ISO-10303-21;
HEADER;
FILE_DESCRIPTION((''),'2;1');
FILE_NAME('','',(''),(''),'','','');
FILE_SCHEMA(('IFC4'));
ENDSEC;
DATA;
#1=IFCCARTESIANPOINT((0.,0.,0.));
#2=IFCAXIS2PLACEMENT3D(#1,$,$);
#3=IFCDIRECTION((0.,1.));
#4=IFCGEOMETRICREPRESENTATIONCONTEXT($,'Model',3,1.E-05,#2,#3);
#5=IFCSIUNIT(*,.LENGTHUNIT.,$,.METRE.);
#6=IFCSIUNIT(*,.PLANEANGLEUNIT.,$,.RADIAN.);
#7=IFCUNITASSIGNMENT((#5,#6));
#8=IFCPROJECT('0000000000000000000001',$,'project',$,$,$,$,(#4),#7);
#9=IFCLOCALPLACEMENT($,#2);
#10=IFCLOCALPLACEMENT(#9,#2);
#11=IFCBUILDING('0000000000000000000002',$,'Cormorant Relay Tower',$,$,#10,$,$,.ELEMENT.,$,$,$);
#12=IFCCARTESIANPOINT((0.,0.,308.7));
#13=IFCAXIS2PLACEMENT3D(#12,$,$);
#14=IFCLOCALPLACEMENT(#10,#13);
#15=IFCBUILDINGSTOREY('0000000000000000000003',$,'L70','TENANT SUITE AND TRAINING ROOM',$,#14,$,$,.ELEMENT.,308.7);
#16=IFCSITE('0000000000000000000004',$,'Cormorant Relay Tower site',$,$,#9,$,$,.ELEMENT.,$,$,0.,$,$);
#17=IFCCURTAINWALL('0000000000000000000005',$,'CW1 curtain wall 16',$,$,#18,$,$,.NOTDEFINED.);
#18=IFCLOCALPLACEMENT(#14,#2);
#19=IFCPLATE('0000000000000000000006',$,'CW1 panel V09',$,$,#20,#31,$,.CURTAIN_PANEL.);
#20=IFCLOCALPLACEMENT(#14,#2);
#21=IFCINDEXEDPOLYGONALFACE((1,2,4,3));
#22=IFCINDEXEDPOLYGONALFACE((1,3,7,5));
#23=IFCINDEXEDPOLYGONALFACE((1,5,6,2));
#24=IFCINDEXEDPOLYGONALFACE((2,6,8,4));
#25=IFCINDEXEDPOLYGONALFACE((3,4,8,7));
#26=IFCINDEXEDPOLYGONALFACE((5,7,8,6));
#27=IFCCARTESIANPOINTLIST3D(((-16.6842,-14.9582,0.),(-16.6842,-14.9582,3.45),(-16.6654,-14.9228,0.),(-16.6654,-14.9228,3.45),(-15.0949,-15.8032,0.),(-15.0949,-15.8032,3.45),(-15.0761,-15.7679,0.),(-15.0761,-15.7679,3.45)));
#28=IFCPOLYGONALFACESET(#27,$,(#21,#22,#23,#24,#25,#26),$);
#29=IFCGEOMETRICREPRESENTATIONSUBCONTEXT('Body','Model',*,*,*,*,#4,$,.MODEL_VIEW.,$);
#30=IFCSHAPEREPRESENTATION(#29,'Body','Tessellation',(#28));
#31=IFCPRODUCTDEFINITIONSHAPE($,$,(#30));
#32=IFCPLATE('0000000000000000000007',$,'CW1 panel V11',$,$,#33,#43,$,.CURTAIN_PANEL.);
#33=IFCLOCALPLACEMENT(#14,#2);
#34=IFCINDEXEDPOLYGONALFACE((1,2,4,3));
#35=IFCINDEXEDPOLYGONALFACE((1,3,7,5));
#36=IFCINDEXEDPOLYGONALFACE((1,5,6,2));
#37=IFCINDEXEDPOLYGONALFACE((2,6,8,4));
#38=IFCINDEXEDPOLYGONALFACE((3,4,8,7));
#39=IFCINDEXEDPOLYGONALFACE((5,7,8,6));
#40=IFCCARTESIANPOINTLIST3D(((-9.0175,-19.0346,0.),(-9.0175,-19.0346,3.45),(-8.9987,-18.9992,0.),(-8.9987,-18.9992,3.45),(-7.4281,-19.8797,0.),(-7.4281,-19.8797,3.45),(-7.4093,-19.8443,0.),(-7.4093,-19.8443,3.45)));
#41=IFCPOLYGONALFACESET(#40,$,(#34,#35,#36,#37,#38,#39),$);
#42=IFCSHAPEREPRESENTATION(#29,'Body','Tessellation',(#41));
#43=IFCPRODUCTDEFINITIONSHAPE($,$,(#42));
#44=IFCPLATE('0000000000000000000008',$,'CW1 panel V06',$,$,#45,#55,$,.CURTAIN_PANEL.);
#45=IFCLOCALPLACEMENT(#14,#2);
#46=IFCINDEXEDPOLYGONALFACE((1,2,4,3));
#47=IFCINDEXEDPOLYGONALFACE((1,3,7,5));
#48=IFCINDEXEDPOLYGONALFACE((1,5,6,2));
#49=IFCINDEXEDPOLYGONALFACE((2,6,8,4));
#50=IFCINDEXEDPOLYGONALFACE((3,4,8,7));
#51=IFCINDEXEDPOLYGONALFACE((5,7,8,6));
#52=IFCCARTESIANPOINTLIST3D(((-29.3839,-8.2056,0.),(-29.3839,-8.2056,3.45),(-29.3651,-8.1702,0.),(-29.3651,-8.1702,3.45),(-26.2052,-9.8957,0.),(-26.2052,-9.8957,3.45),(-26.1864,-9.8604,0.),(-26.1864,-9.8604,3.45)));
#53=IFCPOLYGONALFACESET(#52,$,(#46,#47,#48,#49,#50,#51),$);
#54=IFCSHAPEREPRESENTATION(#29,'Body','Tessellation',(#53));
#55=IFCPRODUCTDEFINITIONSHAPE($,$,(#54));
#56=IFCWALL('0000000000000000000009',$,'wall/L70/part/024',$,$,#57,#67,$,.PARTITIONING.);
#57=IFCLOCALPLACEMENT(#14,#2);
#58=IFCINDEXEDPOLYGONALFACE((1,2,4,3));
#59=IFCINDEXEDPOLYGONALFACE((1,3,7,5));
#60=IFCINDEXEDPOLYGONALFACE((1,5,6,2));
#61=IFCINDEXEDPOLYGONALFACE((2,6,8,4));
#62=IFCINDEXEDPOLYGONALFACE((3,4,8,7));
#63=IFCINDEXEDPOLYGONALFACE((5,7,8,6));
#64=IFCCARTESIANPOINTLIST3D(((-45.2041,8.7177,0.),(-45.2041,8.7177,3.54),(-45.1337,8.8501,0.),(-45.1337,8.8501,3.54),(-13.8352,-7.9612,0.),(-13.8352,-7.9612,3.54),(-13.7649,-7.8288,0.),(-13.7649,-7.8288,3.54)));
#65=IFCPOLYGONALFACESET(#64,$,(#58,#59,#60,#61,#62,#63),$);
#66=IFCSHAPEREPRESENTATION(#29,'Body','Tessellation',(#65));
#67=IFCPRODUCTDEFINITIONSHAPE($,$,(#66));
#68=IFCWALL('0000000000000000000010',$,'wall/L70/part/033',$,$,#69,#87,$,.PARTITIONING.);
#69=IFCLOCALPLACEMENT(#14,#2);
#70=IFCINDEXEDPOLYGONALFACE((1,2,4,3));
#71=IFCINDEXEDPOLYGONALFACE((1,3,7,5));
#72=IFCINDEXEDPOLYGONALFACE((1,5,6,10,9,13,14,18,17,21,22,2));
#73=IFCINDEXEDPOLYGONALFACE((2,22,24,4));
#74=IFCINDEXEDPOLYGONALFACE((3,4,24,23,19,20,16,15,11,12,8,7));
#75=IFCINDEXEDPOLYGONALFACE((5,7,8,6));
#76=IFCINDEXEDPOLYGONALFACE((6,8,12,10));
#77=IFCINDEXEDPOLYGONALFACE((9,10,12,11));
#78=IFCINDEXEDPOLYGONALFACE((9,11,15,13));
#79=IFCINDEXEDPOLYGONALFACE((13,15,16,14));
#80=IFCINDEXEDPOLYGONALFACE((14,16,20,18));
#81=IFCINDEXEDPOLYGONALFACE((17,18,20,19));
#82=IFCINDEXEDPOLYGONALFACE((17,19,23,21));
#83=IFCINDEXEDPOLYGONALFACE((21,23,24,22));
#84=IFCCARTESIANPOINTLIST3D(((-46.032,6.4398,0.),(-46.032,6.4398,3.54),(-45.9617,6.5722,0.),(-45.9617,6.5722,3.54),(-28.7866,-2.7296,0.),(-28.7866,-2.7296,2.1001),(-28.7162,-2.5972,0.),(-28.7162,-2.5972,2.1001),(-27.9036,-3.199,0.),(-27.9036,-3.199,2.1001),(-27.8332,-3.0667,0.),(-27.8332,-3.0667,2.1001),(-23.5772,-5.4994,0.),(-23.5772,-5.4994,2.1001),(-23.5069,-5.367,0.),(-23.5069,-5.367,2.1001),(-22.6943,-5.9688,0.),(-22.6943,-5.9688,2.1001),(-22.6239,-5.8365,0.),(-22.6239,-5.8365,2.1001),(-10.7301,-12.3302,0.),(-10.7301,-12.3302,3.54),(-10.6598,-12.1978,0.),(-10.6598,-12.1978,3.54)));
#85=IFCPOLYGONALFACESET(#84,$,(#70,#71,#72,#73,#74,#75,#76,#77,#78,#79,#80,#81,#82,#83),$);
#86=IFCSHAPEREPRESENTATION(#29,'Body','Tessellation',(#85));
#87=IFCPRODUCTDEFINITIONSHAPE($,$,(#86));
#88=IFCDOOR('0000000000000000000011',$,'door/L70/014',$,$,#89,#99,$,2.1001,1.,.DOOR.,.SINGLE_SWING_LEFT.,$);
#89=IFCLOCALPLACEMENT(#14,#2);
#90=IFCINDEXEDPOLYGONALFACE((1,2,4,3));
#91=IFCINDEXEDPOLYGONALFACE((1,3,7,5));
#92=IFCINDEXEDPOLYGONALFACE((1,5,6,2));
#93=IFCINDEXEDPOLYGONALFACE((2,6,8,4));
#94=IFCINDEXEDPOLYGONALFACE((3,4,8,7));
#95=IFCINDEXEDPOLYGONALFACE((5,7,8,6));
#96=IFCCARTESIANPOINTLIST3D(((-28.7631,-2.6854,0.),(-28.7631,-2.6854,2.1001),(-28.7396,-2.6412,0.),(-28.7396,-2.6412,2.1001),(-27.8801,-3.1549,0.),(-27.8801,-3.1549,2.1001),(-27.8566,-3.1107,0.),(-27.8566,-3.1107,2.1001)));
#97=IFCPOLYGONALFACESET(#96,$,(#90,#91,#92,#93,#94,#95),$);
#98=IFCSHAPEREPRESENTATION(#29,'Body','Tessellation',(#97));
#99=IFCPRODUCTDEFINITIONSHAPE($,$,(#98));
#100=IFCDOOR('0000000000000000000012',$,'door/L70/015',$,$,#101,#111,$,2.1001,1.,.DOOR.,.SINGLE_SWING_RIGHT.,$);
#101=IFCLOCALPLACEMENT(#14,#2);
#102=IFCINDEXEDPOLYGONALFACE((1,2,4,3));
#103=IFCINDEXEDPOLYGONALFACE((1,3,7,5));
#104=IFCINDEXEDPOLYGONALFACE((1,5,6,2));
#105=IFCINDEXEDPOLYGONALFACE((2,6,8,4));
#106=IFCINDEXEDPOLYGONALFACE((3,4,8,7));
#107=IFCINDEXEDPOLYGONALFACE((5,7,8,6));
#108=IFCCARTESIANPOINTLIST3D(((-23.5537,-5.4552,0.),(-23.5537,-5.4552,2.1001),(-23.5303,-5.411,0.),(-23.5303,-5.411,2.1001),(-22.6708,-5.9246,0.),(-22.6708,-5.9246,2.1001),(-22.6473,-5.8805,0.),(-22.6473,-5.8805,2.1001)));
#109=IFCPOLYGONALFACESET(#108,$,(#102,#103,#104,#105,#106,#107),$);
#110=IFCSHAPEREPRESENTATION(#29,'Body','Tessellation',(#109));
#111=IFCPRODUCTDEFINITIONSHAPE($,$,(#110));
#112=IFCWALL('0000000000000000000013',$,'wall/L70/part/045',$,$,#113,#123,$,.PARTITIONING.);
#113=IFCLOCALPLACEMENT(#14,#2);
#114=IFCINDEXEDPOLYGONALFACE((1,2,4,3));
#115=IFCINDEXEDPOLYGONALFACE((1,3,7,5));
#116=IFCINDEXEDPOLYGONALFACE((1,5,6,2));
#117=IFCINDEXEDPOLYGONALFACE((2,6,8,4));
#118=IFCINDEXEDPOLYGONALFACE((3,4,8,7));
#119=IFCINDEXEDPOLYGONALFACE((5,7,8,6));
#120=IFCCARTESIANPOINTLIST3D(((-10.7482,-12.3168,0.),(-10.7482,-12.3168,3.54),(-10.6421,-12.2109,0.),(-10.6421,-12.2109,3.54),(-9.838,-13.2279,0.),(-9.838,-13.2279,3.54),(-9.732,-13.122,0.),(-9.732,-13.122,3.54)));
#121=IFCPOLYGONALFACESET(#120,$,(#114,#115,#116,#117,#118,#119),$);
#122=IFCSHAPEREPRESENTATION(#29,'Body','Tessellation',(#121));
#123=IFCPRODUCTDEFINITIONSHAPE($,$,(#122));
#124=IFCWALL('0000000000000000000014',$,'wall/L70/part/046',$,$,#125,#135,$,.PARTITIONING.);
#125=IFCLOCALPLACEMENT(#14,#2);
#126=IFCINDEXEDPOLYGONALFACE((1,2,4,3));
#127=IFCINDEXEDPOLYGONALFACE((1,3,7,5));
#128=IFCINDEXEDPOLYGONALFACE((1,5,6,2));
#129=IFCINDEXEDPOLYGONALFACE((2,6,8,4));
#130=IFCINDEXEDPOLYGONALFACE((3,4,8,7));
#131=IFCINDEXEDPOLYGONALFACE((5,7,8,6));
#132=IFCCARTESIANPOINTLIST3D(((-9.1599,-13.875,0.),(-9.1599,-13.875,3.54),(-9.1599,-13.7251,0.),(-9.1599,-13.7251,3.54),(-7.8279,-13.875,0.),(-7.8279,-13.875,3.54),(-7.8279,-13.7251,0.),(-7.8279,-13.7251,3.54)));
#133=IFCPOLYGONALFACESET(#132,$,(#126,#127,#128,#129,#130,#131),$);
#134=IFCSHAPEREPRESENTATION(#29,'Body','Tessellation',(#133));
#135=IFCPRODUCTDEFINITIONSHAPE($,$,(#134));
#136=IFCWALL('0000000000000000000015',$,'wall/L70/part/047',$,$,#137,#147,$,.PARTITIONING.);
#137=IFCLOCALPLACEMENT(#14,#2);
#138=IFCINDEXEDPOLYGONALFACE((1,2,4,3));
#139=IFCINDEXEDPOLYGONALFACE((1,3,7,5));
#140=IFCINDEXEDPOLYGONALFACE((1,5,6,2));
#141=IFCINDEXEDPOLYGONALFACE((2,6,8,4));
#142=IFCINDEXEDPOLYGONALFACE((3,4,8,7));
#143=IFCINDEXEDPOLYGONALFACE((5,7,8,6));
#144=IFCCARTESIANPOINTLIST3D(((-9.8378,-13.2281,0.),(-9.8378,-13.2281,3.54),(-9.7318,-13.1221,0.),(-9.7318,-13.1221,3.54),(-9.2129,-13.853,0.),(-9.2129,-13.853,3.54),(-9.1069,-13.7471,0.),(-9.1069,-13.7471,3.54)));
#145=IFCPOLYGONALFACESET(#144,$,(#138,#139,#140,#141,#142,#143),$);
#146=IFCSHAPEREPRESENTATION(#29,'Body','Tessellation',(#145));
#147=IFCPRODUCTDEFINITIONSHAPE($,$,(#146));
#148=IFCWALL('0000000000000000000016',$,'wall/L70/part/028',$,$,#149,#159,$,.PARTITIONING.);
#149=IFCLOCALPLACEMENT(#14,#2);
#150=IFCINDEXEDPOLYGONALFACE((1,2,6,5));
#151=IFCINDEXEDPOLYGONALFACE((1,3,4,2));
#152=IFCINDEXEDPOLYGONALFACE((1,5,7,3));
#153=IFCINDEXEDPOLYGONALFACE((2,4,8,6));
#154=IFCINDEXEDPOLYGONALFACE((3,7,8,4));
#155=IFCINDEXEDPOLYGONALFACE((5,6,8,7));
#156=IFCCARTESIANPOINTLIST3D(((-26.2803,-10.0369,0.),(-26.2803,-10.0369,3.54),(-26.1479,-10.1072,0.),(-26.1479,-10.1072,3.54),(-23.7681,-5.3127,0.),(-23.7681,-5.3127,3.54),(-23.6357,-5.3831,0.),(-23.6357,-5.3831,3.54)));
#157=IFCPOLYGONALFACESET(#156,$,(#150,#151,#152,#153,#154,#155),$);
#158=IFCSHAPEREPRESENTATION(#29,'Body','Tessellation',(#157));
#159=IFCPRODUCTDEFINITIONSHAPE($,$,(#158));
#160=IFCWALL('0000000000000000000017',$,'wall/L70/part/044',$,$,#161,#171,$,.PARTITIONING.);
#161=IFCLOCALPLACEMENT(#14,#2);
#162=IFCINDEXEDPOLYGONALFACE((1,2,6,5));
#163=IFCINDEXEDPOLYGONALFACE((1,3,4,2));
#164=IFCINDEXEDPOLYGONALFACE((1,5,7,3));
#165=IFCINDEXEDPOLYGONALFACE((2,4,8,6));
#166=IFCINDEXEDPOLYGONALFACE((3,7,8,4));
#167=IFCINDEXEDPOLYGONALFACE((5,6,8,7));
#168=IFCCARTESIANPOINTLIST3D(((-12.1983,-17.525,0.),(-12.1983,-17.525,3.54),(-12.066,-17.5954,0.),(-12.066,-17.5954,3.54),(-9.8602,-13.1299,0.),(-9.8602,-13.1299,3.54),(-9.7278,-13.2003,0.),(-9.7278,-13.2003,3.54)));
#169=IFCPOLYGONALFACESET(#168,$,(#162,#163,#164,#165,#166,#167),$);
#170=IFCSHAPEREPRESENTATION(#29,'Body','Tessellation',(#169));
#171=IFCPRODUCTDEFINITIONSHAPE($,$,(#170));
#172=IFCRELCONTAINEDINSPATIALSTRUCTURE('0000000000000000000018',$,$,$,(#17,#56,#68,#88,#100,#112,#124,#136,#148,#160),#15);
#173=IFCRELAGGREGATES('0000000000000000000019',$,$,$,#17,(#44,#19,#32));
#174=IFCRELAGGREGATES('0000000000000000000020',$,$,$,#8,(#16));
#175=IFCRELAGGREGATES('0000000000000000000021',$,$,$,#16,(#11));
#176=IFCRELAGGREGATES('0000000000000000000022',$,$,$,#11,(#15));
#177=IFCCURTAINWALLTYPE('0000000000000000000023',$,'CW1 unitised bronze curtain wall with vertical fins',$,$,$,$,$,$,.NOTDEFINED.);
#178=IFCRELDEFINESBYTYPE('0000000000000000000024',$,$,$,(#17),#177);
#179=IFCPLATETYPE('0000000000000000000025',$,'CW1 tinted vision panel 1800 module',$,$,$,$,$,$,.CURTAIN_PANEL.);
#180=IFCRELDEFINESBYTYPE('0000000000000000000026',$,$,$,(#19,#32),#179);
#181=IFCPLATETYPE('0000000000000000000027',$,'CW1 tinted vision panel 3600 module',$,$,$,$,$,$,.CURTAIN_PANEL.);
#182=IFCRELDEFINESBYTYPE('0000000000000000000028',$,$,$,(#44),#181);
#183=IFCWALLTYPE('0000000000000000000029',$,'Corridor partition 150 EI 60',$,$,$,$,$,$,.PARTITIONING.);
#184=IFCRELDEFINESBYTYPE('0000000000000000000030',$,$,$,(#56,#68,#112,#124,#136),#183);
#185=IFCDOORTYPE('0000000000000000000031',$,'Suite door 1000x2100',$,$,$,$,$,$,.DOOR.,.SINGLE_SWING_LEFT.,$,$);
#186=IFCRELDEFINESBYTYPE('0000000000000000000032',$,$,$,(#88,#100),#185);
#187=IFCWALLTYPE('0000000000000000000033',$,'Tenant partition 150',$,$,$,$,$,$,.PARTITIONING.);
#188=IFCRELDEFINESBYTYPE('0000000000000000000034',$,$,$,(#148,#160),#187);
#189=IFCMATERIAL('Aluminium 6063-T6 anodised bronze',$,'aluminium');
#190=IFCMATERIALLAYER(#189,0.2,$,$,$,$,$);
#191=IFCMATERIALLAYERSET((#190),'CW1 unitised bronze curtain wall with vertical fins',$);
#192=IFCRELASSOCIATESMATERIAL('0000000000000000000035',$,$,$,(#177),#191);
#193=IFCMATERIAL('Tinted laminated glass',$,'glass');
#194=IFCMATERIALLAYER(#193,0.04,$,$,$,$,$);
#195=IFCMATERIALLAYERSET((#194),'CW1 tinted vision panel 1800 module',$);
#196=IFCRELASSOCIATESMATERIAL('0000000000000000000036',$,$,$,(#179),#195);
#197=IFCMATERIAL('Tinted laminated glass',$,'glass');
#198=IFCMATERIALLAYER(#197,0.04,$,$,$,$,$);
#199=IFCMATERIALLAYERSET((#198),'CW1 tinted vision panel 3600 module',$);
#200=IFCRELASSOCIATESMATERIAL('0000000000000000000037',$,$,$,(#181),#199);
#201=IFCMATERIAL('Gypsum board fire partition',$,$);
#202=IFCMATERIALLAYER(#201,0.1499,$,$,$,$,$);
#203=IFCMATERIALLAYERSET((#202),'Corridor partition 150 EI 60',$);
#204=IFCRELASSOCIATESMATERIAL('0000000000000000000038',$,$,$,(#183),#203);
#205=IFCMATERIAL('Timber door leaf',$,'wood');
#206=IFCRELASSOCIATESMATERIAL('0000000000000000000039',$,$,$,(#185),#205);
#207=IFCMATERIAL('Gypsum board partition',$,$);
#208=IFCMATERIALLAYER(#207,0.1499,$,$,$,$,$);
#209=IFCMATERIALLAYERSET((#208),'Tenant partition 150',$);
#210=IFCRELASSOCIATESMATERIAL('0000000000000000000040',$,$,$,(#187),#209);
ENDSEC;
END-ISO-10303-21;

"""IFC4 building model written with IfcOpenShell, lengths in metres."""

from ifc_helpers import new_model, si_unit, direction, frame, frame_2d, origin, origin_2d, place, context, subcontext, project, spatial, rectangle, extrude, material, layer, layer_set, type_object, element, fill, aggregate, save


model = new_model("IFC4")

# Units and contexts
model_context = context("Model", 3, precision=1e-05, world=origin(), true_north=direction((0.0, 1.0)))
body_context = subcontext(model_context, "Body", "Model", "MODEL_VIEW")
ifc_project = project(units=[si_unit("LENGTHUNIT", "METRE"), si_unit("PLANEANGLEUNIT", "RADIAN")], contexts=[model_context])

# Site, building, storey
site_placement = place(None, origin())
site = spatial("IfcSite", under=ifc_project, at=site_placement, Name="Cormorant Relay Tower site", CompositionType="ELEMENT", RefElevation=0.0)
building_placement = place(site_placement, origin())
building = spatial("IfcBuilding", under=site, at=building_placement, Name="Cormorant Relay Tower", CompositionType="ELEMENT")
storey_placement = place(building_placement, frame((0.0, 0.0, 308.7)))
storey = spatial("IfcBuildingStorey", under=building, at=storey_placement, Name="L70", Description="TENANT SUITE AND TRAINING ROOM", CompositionType="ELEMENT", Elevation=308.7)

# Curtain wall
ifc_material_1 = material(Name="Aluminium 6063-T6 anodised bronze", Category="aluminium")
ifc_layer_1 = layer(ifc_material_1, 0.2)
ifc_layer_set_1 = layer_set([ifc_layer_1], Name="CW1 unitised bronze curtain wall with vertical fins")
curtain_wall_type = type_object("IfcCurtainWallType", Name="CW1 unitised bronze curtain wall with vertical fins", PredefinedType="NOTDEFINED", material=ifc_layer_set_1)
curtain_wall_placement = place(storey_placement, origin())
curtain_wall = element("IfcCurtainWall", 1, at=curtain_wall_placement, inside=storey, type_object=curtain_wall_type, Name="CW1 curtain wall 16", PredefinedType="NOTDEFINED")

# Plates
ifc_material_2 = material(Name="Tinted laminated glass", Category="glass")
ifc_layer_2 = layer(ifc_material_2, 0.04)
ifc_layer_set_2 = layer_set([ifc_layer_2], Name="CW1 tinted vision panel 1800 module")
plate_type_1 = type_object("IfcPlateType", Name="CW1 tinted vision panel 1800 module", PredefinedType="CURTAIN_PANEL", material=ifc_layer_set_2)
plate_1_placement = place(storey_placement, frame((-15.8801, -15.363, 0.0), z_axis=(0.0, 0.0, 1.0), x_axis=(0.882948, -0.469472, 0.0)))
plate_1 = element("IfcPlate", 2, at=plate_1_placement, type_object=plate_type_1, Name="CW1 panel V09", PredefinedType="CURTAIN_PANEL", context=body_context, shape_type="SweptSolid", body=[
    extrude(rectangle(XDim=1.8, YDim=0.04, at=origin_2d()), origin(), (0.0, 0.0, 1.0), 3.45),
])
plate_2_placement = place(storey_placement, frame((-8.2134, -19.4395, 0.0), z_axis=(0.0, 0.0, 1.0), x_axis=(0.882948, -0.469472, 0.0)))
plate_2 = element("IfcPlate", 3, at=plate_2_placement, type_object=plate_type_1, Name="CW1 panel V11", PredefinedType="CURTAIN_PANEL", context=body_context, shape_type="SweptSolid", body=[
    extrude(rectangle(XDim=1.8, YDim=0.04, at=origin_2d()), origin(), (0.0, 0.0, 1.0), 3.45),
])
ifc_material_3 = material(Name="Tinted laminated glass", Category="glass")
ifc_layer_3 = layer(ifc_material_3, 0.04)
ifc_layer_set_3 = layer_set([ifc_layer_3], Name="CW1 tinted vision panel 3600 module")
plate_type_2 = type_object("IfcPlateType", Name="CW1 tinted vision panel 3600 module", PredefinedType="CURTAIN_PANEL", material=ifc_layer_set_3)
plate_3_placement = place(storey_placement, frame((-27.7852, -9.033, 0.0), z_axis=(0.0, 0.0, 1.0), x_axis=(0.882948, -0.469472, 0.0)))
plate_3 = element("IfcPlate", 4, at=plate_3_placement, type_object=plate_type_2, Name="CW1 panel V06", PredefinedType="CURTAIN_PANEL", context=body_context, shape_type="SweptSolid", body=[
    extrude(rectangle(XDim=3.6001, YDim=0.04, at=origin_2d()), origin(), (0.0, 0.0, 1.0), 3.45),
])

# Wall
ifc_material_4 = material(Name="Gypsum board fire partition")
ifc_layer_4 = layer(ifc_material_4, 0.1499)
ifc_layer_set_4 = layer_set([ifc_layer_4], Name="Corridor partition 150 EI 60")
wall_type_1 = type_object("IfcWallType", Name="Corridor partition 150 EI 60", PredefinedType="PARTITIONING", material=ifc_layer_set_4)
wall_1_placement = place(storey_placement, frame((-13.8, -7.895, 0.0), z_axis=(0.0, 0.0, 1.0), x_axis=(-0.88295, 0.469468, 0.0)))
element("IfcWall", 5, at=wall_1_placement, inside=storey, type_object=wall_type_1, Name="wall/L70/part/024", PredefinedType="PARTITIONING", context=body_context, shape_type="SweptSolid", body=[
    extrude(rectangle(XDim=35.5273, YDim=0.1499, at=frame_2d((17.7637, 0.0))), origin(), (0.0, 0.0, 1.0), 3.54),
])

# Wall, openings, doors
wall_2_placement = place(storey_placement, frame((-10.6951, -12.2639, 0.0), z_axis=(0.0, 0.0, 1.0), x_axis=(-0.882952, 0.469464, 0.0)))
wall_2 = element("IfcWall", 6, at=wall_2_placement, inside=storey, type_object=wall_type_1, Name="wall/L70/part/033", PredefinedType="PARTITIONING", context=body_context, shape_type="SweptSolid", body=[
    extrude(rectangle(XDim=39.9817, YDim=0.1499, at=frame_2d((19.9907, 0.0))), origin(), (0.0, 0.0, 1.0), 3.54),
])
opening_1_placement = place(wall_2_placement, frame((19.45, 0.0, 0.0)))
opening_1 = element("IfcOpeningElement", 7, at=opening_1_placement, cuts=wall_2, PredefinedType="OPENING", context=body_context, shape_type="SweptSolid", body=[
    extrude(rectangle(XDim=1.0, YDim=2.1001, at=frame_2d((0.5, 1.05))), frame((0.0, 0.085, 0.0), z_axis=(0.0, -1.0, 0.0), x_axis=(1.0, 0.0, 0.0)), (0.0, 0.0, 1.0), 0.1699),
])
opening_2_placement = place(wall_2_placement, frame((13.55, 0.0, 0.0)))
opening_2 = element("IfcOpeningElement", 8, at=opening_2_placement, cuts=wall_2, PredefinedType="OPENING", context=body_context, shape_type="SweptSolid", body=[
    extrude(rectangle(XDim=1.0, YDim=2.1001, at=frame_2d((0.5, 1.05))), frame((0.0, 0.085, 0.0), z_axis=(0.0, -1.0, 0.0), x_axis=(1.0, 0.0, 0.0)), (0.0, 0.0, 1.0), 0.1699),
])
ifc_material_5 = material(Name="Timber door leaf", Category="wood")
door_type = type_object("IfcDoorType", Name="Suite door 1000x2100", OperationType="SINGLE_SWING_LEFT", PredefinedType="DOOR", material=ifc_material_5)
door_1_placement = place(opening_1_placement, origin())
door_1 = element("IfcDoor", 9, at=door_1_placement, inside=storey, type_object=door_type, Name="door/L70/014", OperationType="SINGLE_SWING_LEFT", OverallHeight=2.1001, OverallWidth=1.0, PredefinedType="DOOR", context=body_context, shape_type="SweptSolid", body=[
    extrude(rectangle(XDim=1.0, YDim=2.1001, at=frame_2d((0.5, 1.05))), frame((0.0, 0.0249, 0.0), z_axis=(0.0, -1.0, 0.0), x_axis=(1.0, 0.0, 0.0)), (0.0, 0.0, 1.0), 0.05),
])
fill(opening_1, door_1)
door_2_placement = place(opening_2_placement, origin())
door_2 = element("IfcDoor", 10, at=door_2_placement, inside=storey, type_object=door_type, Name="door/L70/015", OperationType="SINGLE_SWING_RIGHT", OverallHeight=2.1001, OverallWidth=1.0, PredefinedType="DOOR", context=body_context, shape_type="SweptSolid", body=[
    extrude(rectangle(XDim=1.0, YDim=2.1001, at=frame_2d((0.5, 1.05))), frame((0.0, 0.0249, 0.0), z_axis=(0.0, -1.0, 0.0), x_axis=(1.0, 0.0, 0.0)), (0.0, 0.0, 1.0), 0.05),
])
fill(opening_2, door_2)

# Walls
wall_3_placement = place(storey_placement, frame((-9.7849, -13.175, 0.0), z_axis=(0.0, 0.0, 1.0), x_axis=(-0.706728, 0.707486, 0.0)))
element("IfcWall", 11, at=wall_3_placement, inside=storey, type_object=wall_type_1, Name="wall/L70/part/045", PredefinedType="PARTITIONING", context=body_context, shape_type="SweptSolid", body=[
    extrude(rectangle(XDim=1.2878, YDim=0.1499, at=frame_2d((0.644, 0.0))), origin(), (0.0, 0.0, 1.0), 3.54),
])
wall_4_placement = place(storey_placement, frame((-7.8279, -13.8, 0.0), z_axis=(0.0, 0.0, 1.0), x_axis=(-1.0, 0.0, 0.0)))
element("IfcWall", 12, at=wall_4_placement, inside=storey, type_object=wall_type_1, Name="wall/L70/part/046", PredefinedType="PARTITIONING", context=body_context, shape_type="SweptSolid", body=[
    extrude(rectangle(XDim=1.332, YDim=0.1499, at=frame_2d((0.666, 0.0))), origin(), (0.0, 0.0, 1.0), 3.54),
])
wall_5_placement = place(storey_placement, frame((-9.1599, -13.8, 0.0), z_axis=(0.0, 0.0, 1.0), x_axis=(-0.707107, 0.707107, 0.0)))
element("IfcWall", 13, at=wall_5_placement, inside=storey, type_object=wall_type_1, Name="wall/L70/part/047", PredefinedType="PARTITIONING", context=body_context, shape_type="SweptSolid", body=[
    extrude(rectangle(XDim=0.8838, YDim=0.1499, at=frame_2d((0.4419, 0.0))), origin(), (0.0, 0.0, 1.0), 3.54),
])
ifc_material_6 = material(Name="Gypsum board partition")
ifc_layer_5 = layer(ifc_material_6, 0.1499)
ifc_layer_set_5 = layer_set([ifc_layer_5], Name="Tenant partition 150")
wall_type_2 = type_object("IfcWallType", Name="Tenant partition 150", PredefinedType="PARTITIONING", material=ifc_layer_set_5)
wall_6_placement = place(storey_placement, frame((-23.7019, -5.3479, 0.0), z_axis=(0.0, 0.0, 1.0), x_axis=(-0.469522, -0.882921, 0.0)))
element("IfcWall", 14, at=wall_6_placement, inside=storey, type_object=wall_type_2, Name="wall/L70/part/028", PredefinedType="PARTITIONING", context=body_context, shape_type="SweptSolid", body=[
    extrude(rectangle(XDim=5.3506, YDim=0.1499, at=frame_2d((2.6753, 0.0))), origin(), (0.0, 0.0, 1.0), 3.54),
])
wall_7_placement = place(storey_placement, frame((-9.7939, -13.165, 0.0), z_axis=(0.0, 0.0, 1.0), x_axis=(-0.469669, -0.882843, 0.0)))
element("IfcWall", 15, at=wall_7_placement, inside=storey, type_object=wall_type_2, Name="wall/L70/part/044", PredefinedType="PARTITIONING", context=body_context, shape_type="SweptSolid", body=[
    extrude(rectangle(XDim=4.9783, YDim=0.1499, at=frame_2d((2.4893, 0.0))), origin(), (0.0, 0.0, 1.0), 3.54),
])

aggregate(curtain_wall, [plate_3, plate_1, plate_2])

save(model, "model.ifc")
